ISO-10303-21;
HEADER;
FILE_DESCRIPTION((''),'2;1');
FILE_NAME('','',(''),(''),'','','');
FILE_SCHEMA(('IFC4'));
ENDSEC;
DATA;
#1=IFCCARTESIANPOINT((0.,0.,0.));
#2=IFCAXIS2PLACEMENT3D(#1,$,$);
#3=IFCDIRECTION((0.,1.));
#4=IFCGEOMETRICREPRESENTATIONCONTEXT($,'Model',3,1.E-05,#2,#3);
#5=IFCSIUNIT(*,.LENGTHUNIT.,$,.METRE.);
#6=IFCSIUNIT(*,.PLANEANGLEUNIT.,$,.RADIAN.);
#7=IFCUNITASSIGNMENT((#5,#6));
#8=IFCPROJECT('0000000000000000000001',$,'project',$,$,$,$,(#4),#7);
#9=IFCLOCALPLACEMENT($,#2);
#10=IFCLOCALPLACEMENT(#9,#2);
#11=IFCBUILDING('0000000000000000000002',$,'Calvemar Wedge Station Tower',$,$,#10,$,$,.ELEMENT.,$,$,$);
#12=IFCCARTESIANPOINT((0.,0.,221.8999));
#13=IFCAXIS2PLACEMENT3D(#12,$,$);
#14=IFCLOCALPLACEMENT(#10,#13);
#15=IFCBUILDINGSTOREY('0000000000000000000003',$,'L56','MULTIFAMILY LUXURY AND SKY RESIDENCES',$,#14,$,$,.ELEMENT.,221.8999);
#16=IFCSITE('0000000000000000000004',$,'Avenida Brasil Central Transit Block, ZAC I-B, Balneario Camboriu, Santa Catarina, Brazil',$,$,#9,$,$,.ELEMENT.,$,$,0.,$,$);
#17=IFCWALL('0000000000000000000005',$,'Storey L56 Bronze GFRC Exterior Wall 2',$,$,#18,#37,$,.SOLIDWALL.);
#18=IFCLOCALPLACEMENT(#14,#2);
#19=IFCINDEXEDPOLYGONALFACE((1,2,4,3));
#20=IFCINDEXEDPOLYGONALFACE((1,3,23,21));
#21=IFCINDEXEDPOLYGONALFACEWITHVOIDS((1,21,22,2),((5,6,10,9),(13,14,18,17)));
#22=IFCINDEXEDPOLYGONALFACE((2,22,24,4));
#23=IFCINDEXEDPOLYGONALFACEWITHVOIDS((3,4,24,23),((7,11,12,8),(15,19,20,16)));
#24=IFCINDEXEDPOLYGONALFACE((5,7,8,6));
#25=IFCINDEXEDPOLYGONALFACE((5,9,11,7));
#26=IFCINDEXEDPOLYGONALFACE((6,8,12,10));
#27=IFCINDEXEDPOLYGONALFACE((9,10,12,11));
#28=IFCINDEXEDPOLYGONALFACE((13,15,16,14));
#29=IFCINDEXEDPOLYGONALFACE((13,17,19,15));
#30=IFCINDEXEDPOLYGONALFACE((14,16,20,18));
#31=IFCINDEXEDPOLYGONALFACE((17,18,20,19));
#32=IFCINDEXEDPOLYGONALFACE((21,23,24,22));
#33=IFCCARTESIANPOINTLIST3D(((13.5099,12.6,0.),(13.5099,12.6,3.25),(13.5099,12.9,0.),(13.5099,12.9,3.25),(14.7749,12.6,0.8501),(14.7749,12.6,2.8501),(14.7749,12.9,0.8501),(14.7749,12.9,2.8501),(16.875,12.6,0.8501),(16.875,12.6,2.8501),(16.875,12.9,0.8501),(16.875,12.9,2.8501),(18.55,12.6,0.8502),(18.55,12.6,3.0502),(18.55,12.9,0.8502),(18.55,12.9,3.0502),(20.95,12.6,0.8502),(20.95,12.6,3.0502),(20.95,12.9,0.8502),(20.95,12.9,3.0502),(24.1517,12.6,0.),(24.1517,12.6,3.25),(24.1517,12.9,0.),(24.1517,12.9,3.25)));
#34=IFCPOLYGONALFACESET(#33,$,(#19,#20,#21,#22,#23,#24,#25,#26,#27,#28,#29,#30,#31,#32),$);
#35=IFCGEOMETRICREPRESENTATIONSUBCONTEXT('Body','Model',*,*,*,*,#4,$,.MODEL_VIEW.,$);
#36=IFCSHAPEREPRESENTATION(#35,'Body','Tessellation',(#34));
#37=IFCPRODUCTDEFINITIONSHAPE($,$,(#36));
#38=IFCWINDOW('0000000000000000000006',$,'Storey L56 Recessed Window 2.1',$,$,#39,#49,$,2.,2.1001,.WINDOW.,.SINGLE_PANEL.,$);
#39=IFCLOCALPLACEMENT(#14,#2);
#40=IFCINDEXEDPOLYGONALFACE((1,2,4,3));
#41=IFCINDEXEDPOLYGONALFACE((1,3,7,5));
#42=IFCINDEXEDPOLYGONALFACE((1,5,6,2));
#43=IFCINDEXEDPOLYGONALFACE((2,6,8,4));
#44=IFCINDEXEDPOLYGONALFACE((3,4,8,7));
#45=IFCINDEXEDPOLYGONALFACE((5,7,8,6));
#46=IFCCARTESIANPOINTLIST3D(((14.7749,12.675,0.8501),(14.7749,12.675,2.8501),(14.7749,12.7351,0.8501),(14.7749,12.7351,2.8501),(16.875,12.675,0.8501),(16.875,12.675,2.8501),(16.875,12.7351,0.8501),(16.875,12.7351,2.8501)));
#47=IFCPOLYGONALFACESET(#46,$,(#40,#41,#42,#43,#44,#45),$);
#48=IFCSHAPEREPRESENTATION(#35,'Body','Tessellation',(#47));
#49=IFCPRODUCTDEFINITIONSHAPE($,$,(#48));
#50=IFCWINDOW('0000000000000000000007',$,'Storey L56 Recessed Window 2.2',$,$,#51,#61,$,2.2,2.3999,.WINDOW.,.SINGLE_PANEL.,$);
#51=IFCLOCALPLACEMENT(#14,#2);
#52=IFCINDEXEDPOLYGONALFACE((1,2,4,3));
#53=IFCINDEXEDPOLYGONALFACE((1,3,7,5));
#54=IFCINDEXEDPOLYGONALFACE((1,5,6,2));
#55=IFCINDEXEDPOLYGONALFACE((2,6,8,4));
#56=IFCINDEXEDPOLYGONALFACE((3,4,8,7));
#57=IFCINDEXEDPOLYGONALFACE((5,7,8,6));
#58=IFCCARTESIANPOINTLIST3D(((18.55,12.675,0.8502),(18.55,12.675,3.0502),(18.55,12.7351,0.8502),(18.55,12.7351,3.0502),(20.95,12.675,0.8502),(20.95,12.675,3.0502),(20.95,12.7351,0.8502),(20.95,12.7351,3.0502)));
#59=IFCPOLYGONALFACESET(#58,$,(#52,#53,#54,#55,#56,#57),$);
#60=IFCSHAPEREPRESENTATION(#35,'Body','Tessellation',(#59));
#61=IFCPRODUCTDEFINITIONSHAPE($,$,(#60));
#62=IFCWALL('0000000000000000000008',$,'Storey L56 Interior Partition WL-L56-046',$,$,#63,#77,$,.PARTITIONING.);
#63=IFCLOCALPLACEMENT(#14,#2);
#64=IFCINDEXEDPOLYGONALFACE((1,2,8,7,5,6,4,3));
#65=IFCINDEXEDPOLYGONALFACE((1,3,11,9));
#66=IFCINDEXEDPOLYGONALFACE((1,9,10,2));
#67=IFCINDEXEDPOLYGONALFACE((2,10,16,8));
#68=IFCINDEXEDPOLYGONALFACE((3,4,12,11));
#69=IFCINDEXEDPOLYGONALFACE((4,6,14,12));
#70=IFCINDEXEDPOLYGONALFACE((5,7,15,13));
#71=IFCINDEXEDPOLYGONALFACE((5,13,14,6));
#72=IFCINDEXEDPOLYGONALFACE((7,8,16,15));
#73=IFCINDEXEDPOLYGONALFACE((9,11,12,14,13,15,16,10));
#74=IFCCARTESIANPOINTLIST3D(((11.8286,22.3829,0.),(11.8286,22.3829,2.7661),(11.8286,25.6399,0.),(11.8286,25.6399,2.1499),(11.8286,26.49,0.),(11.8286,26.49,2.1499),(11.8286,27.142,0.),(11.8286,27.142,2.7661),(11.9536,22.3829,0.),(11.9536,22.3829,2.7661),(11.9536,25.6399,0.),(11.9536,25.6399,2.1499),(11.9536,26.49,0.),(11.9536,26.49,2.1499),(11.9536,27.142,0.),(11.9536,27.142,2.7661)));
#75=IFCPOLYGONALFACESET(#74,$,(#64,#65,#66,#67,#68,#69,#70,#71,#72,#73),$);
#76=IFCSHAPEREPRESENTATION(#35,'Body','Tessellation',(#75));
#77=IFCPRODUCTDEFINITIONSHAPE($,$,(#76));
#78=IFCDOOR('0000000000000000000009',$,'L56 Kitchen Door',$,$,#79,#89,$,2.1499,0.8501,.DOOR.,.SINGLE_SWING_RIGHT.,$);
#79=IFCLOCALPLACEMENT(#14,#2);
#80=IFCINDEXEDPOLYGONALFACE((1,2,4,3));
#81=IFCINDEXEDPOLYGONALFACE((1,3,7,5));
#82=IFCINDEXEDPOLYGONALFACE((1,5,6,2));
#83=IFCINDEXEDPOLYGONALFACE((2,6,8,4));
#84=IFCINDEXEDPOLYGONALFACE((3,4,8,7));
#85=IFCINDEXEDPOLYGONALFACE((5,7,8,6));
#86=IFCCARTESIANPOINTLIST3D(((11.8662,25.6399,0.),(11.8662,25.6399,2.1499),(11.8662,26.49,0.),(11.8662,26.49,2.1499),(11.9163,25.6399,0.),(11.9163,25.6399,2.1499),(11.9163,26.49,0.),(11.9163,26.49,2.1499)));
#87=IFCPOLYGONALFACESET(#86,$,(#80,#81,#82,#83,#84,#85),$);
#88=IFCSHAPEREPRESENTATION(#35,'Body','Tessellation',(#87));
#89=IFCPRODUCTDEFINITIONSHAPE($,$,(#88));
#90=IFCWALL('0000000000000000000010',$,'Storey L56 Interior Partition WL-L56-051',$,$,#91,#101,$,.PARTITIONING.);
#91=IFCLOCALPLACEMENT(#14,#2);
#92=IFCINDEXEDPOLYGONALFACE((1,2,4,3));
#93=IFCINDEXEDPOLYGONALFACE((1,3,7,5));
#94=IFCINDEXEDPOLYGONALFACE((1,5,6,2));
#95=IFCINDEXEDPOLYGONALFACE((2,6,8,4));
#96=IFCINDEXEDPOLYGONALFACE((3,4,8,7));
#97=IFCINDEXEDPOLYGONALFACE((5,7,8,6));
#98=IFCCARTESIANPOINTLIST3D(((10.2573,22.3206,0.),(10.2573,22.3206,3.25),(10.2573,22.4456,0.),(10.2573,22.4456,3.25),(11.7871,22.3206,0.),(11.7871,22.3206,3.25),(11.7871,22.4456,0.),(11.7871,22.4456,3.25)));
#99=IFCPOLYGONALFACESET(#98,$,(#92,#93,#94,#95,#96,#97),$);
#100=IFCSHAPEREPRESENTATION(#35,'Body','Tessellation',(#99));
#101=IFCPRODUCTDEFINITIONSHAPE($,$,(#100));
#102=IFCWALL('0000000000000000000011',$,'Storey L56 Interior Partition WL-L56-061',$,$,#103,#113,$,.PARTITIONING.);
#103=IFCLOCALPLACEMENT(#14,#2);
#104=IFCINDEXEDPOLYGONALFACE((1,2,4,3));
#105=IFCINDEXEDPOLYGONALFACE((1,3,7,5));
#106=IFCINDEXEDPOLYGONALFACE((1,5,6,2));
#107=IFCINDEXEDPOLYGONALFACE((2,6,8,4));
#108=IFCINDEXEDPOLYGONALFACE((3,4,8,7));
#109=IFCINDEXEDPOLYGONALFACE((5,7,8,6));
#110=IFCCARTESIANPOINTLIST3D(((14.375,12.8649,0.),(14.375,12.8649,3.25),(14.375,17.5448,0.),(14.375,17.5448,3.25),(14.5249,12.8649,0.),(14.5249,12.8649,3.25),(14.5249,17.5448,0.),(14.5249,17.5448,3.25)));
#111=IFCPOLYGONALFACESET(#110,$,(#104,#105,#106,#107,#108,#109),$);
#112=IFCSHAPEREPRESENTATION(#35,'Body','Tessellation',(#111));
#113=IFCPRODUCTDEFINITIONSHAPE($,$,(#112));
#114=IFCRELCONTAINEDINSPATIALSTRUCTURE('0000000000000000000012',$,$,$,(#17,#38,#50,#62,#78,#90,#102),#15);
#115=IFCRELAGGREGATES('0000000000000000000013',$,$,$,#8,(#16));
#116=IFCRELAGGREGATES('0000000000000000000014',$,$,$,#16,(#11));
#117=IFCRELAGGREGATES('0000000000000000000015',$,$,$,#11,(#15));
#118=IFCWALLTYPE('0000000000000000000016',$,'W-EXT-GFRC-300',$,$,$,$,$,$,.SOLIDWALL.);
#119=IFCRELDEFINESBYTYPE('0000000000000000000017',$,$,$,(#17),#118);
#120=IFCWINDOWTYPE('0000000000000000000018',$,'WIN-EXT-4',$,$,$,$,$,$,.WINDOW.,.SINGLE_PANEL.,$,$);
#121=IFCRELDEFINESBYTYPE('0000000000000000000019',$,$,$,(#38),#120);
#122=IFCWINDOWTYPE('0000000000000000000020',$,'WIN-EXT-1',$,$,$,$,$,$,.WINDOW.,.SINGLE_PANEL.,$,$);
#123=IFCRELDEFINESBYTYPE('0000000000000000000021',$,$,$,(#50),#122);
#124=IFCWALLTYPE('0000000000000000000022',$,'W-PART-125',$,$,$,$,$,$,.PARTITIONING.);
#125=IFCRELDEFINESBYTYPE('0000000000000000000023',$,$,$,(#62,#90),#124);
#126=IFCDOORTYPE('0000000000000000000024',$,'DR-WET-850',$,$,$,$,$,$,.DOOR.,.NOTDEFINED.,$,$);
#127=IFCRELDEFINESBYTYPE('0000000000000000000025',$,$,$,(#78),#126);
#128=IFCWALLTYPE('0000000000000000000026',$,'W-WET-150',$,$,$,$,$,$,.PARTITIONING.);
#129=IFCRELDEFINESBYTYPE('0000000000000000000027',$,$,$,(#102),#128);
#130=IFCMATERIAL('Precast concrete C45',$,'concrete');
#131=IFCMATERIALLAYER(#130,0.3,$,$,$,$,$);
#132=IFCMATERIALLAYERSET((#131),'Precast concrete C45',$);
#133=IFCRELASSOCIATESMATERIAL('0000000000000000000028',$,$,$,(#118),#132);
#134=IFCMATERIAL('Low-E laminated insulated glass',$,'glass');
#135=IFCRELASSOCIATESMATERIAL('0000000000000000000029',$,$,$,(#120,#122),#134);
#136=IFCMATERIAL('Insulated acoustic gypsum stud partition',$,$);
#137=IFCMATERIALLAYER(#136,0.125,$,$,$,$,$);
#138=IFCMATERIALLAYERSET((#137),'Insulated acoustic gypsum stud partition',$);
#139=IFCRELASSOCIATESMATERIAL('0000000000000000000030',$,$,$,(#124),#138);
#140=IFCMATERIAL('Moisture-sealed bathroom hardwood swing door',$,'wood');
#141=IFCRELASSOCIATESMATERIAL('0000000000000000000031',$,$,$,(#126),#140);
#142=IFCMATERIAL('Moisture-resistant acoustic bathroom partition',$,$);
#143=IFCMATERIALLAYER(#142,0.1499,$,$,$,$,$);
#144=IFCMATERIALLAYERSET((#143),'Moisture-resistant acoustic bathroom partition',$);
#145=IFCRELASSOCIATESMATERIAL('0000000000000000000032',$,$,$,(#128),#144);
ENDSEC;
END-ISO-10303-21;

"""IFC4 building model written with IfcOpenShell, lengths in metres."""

from ifc_helpers import new_model, si_unit, direction, frame, frame_2d, origin, place, context, subcontext, project, spatial, rectangle, extrude, source, transform, mapped, material, layer, layer_set, type_object, element, fill, save


model = new_model("IFC4")

# Units and contexts
model_context = context("Model", 3, precision=1e-05, world=origin(), true_north=direction((0.0, 1.0)))
body_context = subcontext(model_context, "Body", "Model", "MODEL_VIEW")
ifc_project = project(units=[si_unit("LENGTHUNIT", "METRE"), si_unit("PLANEANGLEUNIT", "RADIAN")], contexts=[model_context])

# Site, building, storey
site_placement = place(None, origin())
site = spatial("IfcSite", under=ifc_project, at=site_placement, Name="Avenida Brasil Central Transit Block, ZAC I-B, Balneario Camboriu, Santa Catarina, Brazil", CompositionType="ELEMENT", RefElevation=0.0)
building_placement = place(site_placement, origin())
building = spatial("IfcBuilding", under=site, at=building_placement, Name="Calvemar Wedge Station Tower", CompositionType="ELEMENT")
storey_placement = place(building_placement, frame((0.0, 0.0, 221.8999)))
storey = spatial("IfcBuildingStorey", under=building, at=storey_placement, Name="L56", Description="MULTIFAMILY LUXURY AND SKY RESIDENCES", CompositionType="ELEMENT", Elevation=221.8999)

# Shared definitions
ifc_material_1 = material(Name="Precast concrete C45", Category="concrete")

# Shared definitions
ifc_layer_1 = layer(ifc_material_1, 0.3)
ifc_layer_set_1 = layer_set([ifc_layer_1], Name="Precast concrete C45")
wall_type_1 = type_object("IfcWallType", Name="W-EXT-GFRC-300", PredefinedType="SOLIDWALL", material=ifc_layer_set_1)
shared_shape_1 = source(origin(), body_context, "Body", "SweptSolid", [
    extrude(rectangle(XDim=2.1001, YDim=2.0, at=frame_2d((1.05, 1.0))), frame((0.0, 0.1602, 0.0), z_axis=(0.0, -1.0, 0.0), x_axis=(1.0, 0.0, 0.0)), (0.0, 0.0, 1.0), 0.3201),
])
ifc_material_2 = material(Name="Low-E laminated insulated glass", Category="glass")
window_type_1 = type_object("IfcWindowType", Name="WIN-EXT-4", PartitioningType="SINGLE_PANEL", PredefinedType="WINDOW", material=ifc_material_2)
shared_shape_2 = source(origin(), body_context, "Body", "SweptSolid", [
    extrude(rectangle(XDim=2.1001, YDim=2.0, at=frame_2d((1.05, 1.0))), frame((0.0, -0.0149, 0.0), z_axis=(0.0, -1.0, 0.0), x_axis=(1.0, 0.0, 0.0)), (0.0, 0.0, 1.0), 0.0601),
])

# Wall, openings, windows
wall_1_placement = place(storey_placement, frame((13.51, 12.75, 0.0), z_axis=(0.0, 0.0, 1.0), x_axis=(1.0, 0.0, 0.0)))
wall_1 = element("IfcWall", 1, at=wall_1_placement, inside=storey, type_object=wall_type_1, Name="Storey L56 Bronze GFRC Exterior Wall 2", PredefinedType="SOLIDWALL", context=body_context, shape_type="SweptSolid", body=[
    extrude(rectangle(XDim=10.6418, YDim=0.3, at=frame_2d((5.3208, 0.0))), origin(), (0.0, 0.0, 1.0), 3.25),
])
opening_1_placement = place(wall_1_placement, frame((1.2649, 0.0, 0.8501)))
opening_1 = element("IfcOpeningElement", 2, at=opening_1_placement, cuts=wall_1, PredefinedType="OPENING", context=body_context, shape_type="MappedRepresentation", body=[
    mapped(shared_shape_1, transform((0.0, 0.0, 0.0), scale=1.0)),
])
shared_shape_3 = source(origin(), body_context, "Body", "SweptSolid", [
    extrude(rectangle(XDim=2.3999, YDim=2.2, at=frame_2d((1.2, 1.1001))), frame((0.0, 0.1602, 0.0), z_axis=(0.0, -1.0, 0.0), x_axis=(1.0, 0.0, 0.0)), (0.0, 0.0, 1.0), 0.3201),
])
opening_2_placement = place(wall_1_placement, frame((5.04, 0.0, 0.8501)))
opening_2 = element("IfcOpeningElement", 3, at=opening_2_placement, cuts=wall_1, PredefinedType="OPENING", context=body_context, shape_type="MappedRepresentation", body=[
    mapped(shared_shape_3, transform((0.0, 0.0, 0.0), scale=1.0)),
])
window_1_placement = place(opening_1_placement, origin())
window_1 = element("IfcWindow", 4, at=window_1_placement, inside=storey, type_object=window_type_1, Name="Storey L56 Recessed Window 2.1", OverallHeight=2.0, OverallWidth=2.1001, PartitioningType="SINGLE_PANEL", PredefinedType="WINDOW", context=body_context, shape_type="MappedRepresentation", body=[
    mapped(shared_shape_2, transform((0.0, 0.0, 0.0), scale=1.0)),
])
fill(opening_1, window_1)
window_type_2 = type_object("IfcWindowType", Name="WIN-EXT-1", PartitioningType="SINGLE_PANEL", PredefinedType="WINDOW", material=ifc_material_2)
shared_shape_4 = source(origin(), body_context, "Body", "SweptSolid", [
    extrude(rectangle(XDim=2.3999, YDim=2.2, at=frame_2d((1.2, 1.1001))), frame((0.0, -0.0149, 0.0), z_axis=(0.0, -1.0, 0.0), x_axis=(1.0, 0.0, 0.0)), (0.0, 0.0, 1.0), 0.0601),
])
window_2_placement = place(opening_2_placement, origin())
window_2 = element("IfcWindow", 5, at=window_2_placement, inside=storey, type_object=window_type_2, Name="Storey L56 Recessed Window 2.2", OverallHeight=2.2, OverallWidth=2.3999, PartitioningType="SINGLE_PANEL", PredefinedType="WINDOW", context=body_context, shape_type="MappedRepresentation", body=[
    mapped(shared_shape_4, transform((0.0, 0.0, 0.0), scale=1.0)),
])
fill(opening_2, window_2)

# Wall, opening, door
ifc_material_3 = material(Name="Insulated acoustic gypsum stud partition")
ifc_layer_2 = layer(ifc_material_3, 0.125)
ifc_layer_set_2 = layer_set([ifc_layer_2], Name="Insulated acoustic gypsum stud partition")
wall_type_2 = type_object("IfcWallType", Name="W-PART-125", PredefinedType="PARTITIONING", material=ifc_layer_set_2)
wall_2_placement = place(storey_placement, frame((11.8911, 22.3831, 0.0), z_axis=(0.0, 0.0, 1.0), x_axis=(0.0, 1.0, 0.0)))
wall_2 = element("IfcWall", 6, at=wall_2_placement, inside=storey, type_object=wall_type_2, Name="Storey L56 Interior Partition WL-L56-046", PredefinedType="PARTITIONING", context=body_context, shape_type="SweptSolid", body=[
    extrude(rectangle(XDim=4.759, YDim=0.125, at=frame_2d((2.3794, 0.0))), origin(), (0.0, 0.0, 1.0), 2.7661),
])
shared_shape_5 = source(origin(), body_context, "Body", "SweptSolid", [
    extrude(rectangle(XDim=0.8501, YDim=2.1499, at=frame_2d((0.425, 1.075))), frame((0.0, 0.0725, 0.0), z_axis=(0.0, -1.0, 0.0), x_axis=(1.0, 0.0, 0.0)), (0.0, 0.0, 1.0), 0.145),
])
opening_3_placement = place(wall_2_placement, frame((3.2568, 0.0, 0.0)))
opening_3 = element("IfcOpeningElement", 7, at=opening_3_placement, cuts=wall_2, PredefinedType="OPENING", context=body_context, shape_type="MappedRepresentation", body=[
    mapped(shared_shape_5, transform((0.0, 0.0, 0.0), scale=1.0)),
])
ifc_material_4 = material(Name="Moisture-sealed bathroom hardwood swing door", Category="wood")
door_type_1 = type_object("IfcDoorType", Name="DR-WET-850", OperationType="NOTDEFINED", PredefinedType="DOOR", material=ifc_material_4)
shared_shape_6 = source(origin(), body_context, "Body", "SweptSolid", [
    extrude(rectangle(XDim=0.8501, YDim=2.1499, at=frame_2d((0.425, 1.075))), frame((0.0, 0.0249, 0.0), z_axis=(0.0, -1.0, 0.0), x_axis=(1.0, 0.0, 0.0)), (0.0, 0.0, 1.0), 0.05),
])
door_1_placement = place(opening_3_placement, origin())
door_1 = element("IfcDoor", 8, at=door_1_placement, inside=storey, type_object=door_type_1, Name="L56 Kitchen Door", OperationType="SINGLE_SWING_RIGHT", OverallHeight=2.1499, OverallWidth=0.8501, PredefinedType="DOOR", context=body_context, shape_type="MappedRepresentation", body=[
    mapped(shared_shape_6, transform((0.0, 0.0, 0.0), scale=1.0)),
])
fill(opening_3, door_1)

# Wall
wall_3_placement = place(storey_placement, frame((11.7871, 22.3831, 0.0), z_axis=(0.0, 0.0, 1.0), x_axis=(-1.0, 0.0, 0.0)))
element("IfcWall", 9, at=wall_3_placement, inside=storey, type_object=wall_type_2, Name="Storey L56 Interior Partition WL-L56-051", PredefinedType="PARTITIONING", context=body_context, shape_type="SweptSolid", body=[
    extrude(rectangle(XDim=1.5298, YDim=0.125, at=frame_2d((0.7649, 0.0))), origin(), (0.0, 0.0, 1.0), 3.25),
])

# Wall
ifc_material_5 = material(Name="Moisture-resistant acoustic bathroom partition")
ifc_layer_3 = layer(ifc_material_5, 0.1499)
ifc_layer_set_3 = layer_set([ifc_layer_3], Name="Moisture-resistant acoustic bathroom partition")
wall_type_3 = type_object("IfcWallType", Name="W-WET-150", PredefinedType="PARTITIONING", material=ifc_layer_set_3)
wall_4_placement = place(storey_placement, frame((14.45, 12.865, 0.0), z_axis=(0.0, 0.0, 1.0), x_axis=(0.0, 1.0, 0.0)))
element("IfcWall", 10, at=wall_4_placement, inside=storey, type_object=wall_type_3, Name="Storey L56 Interior Partition WL-L56-061", PredefinedType="PARTITIONING", context=body_context, shape_type="SweptSolid", body=[
    extrude(rectangle(XDim=4.6799, YDim=0.1499, at=frame_2d((2.3398, 0.0))), origin(), (0.0, 0.0, 1.0), 3.25),
])

save(model, "model.ifc")
